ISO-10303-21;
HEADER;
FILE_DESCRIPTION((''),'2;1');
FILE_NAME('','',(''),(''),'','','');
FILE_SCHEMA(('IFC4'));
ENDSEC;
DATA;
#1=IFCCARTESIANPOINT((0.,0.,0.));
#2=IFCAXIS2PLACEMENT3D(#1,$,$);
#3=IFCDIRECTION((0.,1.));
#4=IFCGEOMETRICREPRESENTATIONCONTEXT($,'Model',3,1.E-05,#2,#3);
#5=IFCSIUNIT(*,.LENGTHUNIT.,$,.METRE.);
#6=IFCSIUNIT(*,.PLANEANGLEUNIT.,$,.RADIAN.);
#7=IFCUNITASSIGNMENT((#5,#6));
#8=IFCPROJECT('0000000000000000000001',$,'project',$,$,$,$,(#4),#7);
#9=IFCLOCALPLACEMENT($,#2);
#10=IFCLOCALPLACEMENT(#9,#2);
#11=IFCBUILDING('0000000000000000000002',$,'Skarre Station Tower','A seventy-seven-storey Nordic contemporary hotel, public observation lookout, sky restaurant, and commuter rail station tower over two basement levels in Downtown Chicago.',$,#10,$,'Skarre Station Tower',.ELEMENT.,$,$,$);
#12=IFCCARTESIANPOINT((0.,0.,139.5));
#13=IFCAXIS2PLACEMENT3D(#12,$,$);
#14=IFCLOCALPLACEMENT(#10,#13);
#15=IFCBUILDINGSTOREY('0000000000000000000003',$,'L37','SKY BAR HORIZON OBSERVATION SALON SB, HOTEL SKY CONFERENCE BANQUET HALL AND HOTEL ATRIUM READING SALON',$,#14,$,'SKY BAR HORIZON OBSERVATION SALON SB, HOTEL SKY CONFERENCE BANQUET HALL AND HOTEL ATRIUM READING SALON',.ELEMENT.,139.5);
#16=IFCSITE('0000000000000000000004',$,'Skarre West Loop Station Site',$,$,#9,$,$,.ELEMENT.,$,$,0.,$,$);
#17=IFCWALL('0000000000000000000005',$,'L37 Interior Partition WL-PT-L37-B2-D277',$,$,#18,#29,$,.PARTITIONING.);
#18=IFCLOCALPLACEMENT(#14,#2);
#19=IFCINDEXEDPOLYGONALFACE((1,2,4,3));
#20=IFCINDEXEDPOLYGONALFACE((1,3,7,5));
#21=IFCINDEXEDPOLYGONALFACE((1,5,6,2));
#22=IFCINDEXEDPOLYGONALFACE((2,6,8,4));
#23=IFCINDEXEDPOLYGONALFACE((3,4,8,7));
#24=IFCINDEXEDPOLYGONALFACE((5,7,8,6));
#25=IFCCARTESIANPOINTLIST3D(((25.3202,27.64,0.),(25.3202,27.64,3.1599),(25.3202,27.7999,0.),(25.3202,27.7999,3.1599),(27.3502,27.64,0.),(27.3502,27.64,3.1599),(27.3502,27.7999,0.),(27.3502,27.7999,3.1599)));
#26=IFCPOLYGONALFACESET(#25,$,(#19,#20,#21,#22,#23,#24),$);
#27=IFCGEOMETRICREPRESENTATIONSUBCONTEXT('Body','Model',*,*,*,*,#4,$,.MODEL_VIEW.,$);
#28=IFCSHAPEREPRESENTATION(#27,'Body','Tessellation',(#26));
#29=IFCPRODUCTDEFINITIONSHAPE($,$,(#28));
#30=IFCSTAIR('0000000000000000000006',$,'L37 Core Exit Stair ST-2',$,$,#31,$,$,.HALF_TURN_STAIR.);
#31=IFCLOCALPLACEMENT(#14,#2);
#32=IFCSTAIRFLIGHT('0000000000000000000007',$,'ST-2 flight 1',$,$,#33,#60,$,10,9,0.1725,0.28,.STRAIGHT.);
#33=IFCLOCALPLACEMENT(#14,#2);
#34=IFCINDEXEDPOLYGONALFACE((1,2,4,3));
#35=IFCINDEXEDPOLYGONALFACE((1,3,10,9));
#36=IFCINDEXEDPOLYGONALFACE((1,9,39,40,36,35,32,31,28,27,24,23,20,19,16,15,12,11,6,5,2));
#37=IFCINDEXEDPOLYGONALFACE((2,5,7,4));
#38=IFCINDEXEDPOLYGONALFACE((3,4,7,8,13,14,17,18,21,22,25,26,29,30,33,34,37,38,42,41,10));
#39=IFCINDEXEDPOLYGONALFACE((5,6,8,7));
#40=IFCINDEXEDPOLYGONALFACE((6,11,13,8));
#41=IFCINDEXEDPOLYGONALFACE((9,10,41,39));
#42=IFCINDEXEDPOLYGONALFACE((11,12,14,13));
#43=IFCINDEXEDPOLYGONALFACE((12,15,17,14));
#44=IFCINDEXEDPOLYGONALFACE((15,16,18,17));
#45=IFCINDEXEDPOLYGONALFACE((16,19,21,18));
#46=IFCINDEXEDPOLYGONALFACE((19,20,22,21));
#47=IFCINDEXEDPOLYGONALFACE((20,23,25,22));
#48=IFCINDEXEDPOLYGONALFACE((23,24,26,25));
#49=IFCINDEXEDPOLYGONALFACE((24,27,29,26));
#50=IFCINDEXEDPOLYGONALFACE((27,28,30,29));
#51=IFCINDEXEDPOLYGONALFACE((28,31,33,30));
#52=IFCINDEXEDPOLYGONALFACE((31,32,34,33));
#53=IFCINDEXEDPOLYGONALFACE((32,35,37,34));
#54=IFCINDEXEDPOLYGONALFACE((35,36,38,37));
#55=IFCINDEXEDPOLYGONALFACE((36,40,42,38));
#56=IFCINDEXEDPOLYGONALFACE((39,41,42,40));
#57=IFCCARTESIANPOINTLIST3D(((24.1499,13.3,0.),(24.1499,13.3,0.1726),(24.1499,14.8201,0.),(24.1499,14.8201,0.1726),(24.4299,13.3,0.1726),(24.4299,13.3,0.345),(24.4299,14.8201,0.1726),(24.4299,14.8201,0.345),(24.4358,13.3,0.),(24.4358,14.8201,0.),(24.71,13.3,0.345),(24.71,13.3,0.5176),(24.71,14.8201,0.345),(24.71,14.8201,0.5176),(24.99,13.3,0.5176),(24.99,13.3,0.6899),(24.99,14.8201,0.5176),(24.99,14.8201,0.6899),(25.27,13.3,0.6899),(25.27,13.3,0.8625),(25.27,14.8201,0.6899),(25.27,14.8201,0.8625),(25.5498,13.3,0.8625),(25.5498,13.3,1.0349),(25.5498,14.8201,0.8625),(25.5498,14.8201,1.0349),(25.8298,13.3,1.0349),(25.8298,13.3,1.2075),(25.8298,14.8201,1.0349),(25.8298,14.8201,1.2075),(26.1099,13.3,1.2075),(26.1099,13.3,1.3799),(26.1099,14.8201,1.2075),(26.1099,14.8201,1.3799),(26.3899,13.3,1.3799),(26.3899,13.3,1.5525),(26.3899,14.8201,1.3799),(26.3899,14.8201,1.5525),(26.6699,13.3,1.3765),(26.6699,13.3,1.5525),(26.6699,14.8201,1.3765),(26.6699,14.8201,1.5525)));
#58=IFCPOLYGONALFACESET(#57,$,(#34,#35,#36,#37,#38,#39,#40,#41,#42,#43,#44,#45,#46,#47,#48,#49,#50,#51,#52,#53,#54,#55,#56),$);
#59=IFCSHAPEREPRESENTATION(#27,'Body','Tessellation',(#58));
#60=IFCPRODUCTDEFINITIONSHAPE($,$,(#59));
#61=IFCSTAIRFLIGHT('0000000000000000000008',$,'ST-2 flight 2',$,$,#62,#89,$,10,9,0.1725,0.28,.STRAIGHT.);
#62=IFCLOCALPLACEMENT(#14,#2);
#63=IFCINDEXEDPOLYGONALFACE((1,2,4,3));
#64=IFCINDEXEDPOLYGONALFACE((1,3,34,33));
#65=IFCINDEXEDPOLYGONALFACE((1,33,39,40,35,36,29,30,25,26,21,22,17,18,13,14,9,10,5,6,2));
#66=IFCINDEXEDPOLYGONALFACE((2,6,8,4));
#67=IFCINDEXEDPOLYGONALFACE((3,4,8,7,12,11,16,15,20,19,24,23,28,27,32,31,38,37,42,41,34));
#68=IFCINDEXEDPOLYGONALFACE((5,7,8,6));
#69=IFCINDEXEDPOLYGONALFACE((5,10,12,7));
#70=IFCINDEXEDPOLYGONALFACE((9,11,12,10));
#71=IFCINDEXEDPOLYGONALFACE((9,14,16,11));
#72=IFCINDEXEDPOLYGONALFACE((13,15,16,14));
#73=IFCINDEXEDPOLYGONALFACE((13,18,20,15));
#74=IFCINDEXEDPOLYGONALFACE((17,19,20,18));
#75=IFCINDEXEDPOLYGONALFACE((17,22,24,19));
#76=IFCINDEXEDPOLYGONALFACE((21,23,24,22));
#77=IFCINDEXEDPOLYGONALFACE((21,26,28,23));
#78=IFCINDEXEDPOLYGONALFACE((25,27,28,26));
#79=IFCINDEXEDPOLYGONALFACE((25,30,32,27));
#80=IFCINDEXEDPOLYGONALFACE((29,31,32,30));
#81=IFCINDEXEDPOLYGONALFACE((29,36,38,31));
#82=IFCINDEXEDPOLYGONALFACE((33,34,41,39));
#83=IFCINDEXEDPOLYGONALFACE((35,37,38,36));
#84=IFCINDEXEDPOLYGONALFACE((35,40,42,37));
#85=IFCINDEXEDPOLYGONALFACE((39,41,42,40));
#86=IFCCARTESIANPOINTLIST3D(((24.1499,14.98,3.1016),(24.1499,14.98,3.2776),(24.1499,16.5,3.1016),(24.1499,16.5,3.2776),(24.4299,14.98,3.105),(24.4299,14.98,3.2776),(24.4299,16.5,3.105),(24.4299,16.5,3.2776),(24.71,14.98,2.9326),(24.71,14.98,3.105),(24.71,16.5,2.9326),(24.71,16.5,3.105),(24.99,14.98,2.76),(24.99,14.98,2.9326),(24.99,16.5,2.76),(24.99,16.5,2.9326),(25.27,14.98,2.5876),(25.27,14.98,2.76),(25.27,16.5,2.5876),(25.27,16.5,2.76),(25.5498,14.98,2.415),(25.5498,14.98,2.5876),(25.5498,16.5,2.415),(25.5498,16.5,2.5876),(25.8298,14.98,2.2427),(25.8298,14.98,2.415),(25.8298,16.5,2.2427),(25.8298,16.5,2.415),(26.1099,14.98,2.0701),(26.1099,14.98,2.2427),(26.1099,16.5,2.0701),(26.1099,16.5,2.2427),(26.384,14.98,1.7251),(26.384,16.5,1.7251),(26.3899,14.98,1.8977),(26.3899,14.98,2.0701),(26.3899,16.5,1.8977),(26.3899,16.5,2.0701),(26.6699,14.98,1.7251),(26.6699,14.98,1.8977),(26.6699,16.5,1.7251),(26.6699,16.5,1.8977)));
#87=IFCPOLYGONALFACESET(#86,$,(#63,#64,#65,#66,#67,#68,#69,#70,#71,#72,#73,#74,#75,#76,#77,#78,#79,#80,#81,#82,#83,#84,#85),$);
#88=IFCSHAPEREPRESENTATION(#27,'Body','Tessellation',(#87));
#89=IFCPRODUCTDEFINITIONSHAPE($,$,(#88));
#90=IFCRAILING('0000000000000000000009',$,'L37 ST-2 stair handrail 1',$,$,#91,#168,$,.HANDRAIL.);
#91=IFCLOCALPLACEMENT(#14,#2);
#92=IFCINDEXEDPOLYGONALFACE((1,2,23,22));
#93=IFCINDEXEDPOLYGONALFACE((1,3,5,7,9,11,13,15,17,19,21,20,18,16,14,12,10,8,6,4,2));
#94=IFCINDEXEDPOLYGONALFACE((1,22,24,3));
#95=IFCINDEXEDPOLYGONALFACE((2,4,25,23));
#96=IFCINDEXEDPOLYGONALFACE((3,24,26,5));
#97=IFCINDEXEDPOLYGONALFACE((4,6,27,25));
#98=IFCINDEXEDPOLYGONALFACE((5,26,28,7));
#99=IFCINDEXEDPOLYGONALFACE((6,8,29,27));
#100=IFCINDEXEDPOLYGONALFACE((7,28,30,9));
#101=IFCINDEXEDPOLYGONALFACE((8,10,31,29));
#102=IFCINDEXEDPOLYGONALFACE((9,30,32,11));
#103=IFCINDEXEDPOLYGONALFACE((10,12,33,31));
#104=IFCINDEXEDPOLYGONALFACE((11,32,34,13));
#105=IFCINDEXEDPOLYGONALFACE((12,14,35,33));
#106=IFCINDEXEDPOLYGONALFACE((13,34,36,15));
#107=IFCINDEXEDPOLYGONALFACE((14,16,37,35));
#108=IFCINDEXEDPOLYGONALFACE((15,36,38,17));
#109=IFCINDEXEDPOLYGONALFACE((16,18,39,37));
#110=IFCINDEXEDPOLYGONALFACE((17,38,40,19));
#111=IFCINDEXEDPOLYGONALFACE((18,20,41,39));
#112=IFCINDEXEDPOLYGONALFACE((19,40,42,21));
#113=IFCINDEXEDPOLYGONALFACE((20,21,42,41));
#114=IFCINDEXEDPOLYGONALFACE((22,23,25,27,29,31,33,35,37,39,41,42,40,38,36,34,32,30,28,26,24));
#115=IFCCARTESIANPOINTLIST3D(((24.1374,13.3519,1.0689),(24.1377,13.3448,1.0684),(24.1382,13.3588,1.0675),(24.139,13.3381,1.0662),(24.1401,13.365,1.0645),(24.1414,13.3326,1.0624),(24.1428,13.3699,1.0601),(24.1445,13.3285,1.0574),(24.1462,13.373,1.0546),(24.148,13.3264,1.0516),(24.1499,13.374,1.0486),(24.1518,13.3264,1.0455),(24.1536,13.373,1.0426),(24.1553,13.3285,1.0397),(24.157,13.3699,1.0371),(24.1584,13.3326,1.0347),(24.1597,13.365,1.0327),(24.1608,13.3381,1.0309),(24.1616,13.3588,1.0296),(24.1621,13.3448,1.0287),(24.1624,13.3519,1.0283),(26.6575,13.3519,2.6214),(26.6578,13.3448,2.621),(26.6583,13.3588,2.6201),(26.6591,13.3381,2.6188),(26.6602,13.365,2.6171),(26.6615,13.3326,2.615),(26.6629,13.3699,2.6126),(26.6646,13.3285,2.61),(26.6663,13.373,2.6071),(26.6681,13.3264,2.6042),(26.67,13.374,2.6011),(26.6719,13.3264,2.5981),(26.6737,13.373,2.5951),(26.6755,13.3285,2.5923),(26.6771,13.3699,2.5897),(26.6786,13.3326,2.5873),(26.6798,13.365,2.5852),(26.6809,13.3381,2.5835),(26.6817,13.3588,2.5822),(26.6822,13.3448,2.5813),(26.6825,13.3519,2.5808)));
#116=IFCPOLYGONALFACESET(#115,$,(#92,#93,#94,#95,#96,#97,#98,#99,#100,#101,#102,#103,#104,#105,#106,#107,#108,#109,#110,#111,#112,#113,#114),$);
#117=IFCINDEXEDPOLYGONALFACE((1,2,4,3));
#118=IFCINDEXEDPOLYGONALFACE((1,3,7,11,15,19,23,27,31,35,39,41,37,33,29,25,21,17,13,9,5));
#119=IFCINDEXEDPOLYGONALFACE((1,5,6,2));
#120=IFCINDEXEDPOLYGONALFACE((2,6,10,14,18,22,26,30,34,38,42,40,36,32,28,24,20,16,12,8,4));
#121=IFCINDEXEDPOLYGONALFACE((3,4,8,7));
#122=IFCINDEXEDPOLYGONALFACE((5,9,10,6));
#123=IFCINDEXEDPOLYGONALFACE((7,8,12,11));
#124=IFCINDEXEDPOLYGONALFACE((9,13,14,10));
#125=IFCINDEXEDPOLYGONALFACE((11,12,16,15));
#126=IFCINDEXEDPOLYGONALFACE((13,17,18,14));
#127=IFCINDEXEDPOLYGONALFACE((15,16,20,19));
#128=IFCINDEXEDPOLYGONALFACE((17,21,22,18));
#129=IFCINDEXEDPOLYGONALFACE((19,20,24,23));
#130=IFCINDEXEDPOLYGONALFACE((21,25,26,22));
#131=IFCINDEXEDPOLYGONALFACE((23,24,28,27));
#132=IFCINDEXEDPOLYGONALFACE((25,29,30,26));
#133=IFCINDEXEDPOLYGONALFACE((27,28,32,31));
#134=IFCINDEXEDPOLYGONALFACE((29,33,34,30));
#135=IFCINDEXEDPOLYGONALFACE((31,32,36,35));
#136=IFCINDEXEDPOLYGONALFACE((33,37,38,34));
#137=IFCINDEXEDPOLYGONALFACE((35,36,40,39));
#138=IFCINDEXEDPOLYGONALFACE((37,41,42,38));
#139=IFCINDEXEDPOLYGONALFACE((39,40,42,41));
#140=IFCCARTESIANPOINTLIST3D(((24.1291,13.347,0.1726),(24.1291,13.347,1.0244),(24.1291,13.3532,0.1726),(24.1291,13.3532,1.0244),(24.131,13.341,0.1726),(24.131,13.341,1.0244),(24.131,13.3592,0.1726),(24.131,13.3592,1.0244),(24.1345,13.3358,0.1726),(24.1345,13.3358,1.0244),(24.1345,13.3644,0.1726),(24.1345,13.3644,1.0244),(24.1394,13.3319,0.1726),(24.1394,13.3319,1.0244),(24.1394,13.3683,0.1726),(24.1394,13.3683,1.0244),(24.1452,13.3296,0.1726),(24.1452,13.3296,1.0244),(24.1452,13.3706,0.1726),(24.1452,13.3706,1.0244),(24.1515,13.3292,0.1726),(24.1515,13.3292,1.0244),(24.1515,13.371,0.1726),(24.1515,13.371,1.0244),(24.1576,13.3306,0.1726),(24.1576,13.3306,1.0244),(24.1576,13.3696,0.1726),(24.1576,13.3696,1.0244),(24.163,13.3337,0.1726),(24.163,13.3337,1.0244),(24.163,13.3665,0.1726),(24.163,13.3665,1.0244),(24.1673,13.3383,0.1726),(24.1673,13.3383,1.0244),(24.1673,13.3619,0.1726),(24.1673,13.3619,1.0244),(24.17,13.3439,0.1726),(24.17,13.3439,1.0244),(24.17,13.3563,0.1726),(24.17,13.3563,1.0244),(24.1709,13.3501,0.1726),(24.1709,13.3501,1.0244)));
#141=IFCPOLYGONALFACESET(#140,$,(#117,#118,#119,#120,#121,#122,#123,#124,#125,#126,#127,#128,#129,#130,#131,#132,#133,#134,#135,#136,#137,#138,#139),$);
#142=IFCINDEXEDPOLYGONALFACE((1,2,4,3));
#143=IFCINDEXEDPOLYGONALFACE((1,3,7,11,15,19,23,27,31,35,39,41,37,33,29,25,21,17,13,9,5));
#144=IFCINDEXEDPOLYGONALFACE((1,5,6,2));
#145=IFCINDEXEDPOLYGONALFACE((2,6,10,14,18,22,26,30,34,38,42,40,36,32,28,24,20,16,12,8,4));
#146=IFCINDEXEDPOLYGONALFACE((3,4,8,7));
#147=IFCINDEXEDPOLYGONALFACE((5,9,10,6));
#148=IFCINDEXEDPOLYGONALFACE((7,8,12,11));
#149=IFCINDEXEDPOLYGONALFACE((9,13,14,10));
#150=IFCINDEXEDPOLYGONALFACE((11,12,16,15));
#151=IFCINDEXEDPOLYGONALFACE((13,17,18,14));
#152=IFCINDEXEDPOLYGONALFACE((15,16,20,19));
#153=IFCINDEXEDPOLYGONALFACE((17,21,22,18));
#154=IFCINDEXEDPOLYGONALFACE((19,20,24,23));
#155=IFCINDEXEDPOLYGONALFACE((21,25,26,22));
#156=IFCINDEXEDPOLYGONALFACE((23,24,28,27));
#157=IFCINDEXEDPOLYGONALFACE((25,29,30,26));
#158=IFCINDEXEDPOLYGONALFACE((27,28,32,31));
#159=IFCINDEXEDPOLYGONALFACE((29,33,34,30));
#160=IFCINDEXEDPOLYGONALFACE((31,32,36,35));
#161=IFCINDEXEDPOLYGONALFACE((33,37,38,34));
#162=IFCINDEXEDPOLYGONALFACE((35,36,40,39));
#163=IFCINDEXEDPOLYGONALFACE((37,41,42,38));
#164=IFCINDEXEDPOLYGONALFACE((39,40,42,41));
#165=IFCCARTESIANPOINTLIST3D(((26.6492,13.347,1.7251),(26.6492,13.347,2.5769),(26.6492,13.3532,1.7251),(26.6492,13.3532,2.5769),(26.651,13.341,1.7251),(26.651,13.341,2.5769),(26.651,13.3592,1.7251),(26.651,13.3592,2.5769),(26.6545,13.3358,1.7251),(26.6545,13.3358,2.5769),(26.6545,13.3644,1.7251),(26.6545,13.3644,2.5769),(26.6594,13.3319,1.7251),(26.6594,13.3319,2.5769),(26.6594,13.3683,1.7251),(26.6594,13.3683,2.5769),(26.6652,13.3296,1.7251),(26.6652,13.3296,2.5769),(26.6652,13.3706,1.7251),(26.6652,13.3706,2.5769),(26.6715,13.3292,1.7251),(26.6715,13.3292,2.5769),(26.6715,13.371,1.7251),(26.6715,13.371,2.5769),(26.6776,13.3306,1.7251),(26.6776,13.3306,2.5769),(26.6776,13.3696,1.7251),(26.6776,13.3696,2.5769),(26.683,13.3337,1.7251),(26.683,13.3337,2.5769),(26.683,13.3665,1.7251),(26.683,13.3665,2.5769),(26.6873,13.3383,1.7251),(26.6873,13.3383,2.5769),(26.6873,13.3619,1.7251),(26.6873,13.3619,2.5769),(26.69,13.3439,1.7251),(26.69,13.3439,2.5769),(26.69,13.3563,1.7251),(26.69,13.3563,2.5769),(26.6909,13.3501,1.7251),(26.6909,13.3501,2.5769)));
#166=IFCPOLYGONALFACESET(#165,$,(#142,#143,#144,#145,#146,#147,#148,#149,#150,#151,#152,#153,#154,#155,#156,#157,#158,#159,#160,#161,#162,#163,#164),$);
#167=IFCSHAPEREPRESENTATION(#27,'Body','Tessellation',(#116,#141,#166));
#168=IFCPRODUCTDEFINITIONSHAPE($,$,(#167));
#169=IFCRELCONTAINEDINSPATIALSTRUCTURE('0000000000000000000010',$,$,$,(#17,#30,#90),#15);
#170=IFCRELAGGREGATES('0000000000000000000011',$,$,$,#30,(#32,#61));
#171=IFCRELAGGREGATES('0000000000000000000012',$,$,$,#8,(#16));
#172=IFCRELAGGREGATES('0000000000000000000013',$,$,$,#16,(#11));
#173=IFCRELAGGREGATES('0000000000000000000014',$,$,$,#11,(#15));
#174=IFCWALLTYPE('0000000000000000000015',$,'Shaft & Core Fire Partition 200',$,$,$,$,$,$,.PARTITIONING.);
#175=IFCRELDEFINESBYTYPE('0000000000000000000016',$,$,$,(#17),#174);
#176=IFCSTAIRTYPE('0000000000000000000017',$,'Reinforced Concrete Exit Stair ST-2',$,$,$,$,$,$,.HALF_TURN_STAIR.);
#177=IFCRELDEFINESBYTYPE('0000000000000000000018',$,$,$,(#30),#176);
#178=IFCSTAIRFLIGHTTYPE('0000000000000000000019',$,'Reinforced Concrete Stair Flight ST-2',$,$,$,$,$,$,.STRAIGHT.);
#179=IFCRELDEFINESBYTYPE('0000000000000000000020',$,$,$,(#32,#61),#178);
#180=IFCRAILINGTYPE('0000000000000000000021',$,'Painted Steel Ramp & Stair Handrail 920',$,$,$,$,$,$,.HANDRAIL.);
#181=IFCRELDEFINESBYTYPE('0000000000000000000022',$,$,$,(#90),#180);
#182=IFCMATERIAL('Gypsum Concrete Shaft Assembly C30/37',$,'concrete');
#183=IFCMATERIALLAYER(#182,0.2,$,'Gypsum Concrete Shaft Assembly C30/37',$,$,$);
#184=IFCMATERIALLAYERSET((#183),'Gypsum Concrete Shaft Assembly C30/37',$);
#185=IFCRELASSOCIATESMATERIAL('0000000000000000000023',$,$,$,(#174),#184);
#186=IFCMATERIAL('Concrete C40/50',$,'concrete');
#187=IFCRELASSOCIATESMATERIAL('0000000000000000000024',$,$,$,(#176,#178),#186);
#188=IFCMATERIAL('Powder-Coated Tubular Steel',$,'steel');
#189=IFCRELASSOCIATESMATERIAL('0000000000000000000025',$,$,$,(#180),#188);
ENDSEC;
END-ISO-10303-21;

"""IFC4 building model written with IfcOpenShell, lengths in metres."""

from ifc_helpers import new_model, si_unit, direction, frame, frame_2d, origin, origin_2d, place, context, subcontext, project, spatial, polyline, rectangle, circle, outline, extrude, material, layer, layer_set, type_object, element, aggregate, save


model = new_model("IFC4")

# Units and contexts
model_context = context("Model", 3, precision=1e-05, world=origin(), true_north=direction((0.0, 1.0)))
body_context = subcontext(model_context, "Body", "Model", "MODEL_VIEW")
ifc_project = project(units=[si_unit("LENGTHUNIT", "METRE"), si_unit("PLANEANGLEUNIT", "RADIAN")], contexts=[model_context])

# Site, building, storey
site_placement = place(None, origin())
site = spatial("IfcSite", under=ifc_project, at=site_placement, Name="Skarre West Loop Station Site", CompositionType="ELEMENT", RefElevation=0.0)
building_placement = place(site_placement, origin())
building = spatial("IfcBuilding", under=site, at=building_placement, Name="Skarre Station Tower", Description="A seventy-seven-storey Nordic contemporary hotel, public observation lookout, sky restaurant, and commuter rail station tower over two basement levels in Downtown Chicago.", LongName="Skarre Station Tower", CompositionType="ELEMENT")
storey_placement = place(building_placement, frame((0.0, 0.0, 139.5)))
storey = spatial("IfcBuildingStorey", under=building, at=storey_placement, Name="L37", Description="SKY BAR HORIZON OBSERVATION SALON SB, HOTEL SKY CONFERENCE BANQUET HALL AND HOTEL ATRIUM READING SALON", LongName="SKY BAR HORIZON OBSERVATION SALON SB, HOTEL SKY CONFERENCE BANQUET HALL AND HOTEL ATRIUM READING SALON", CompositionType="ELEMENT", Elevation=139.5)

# Shared definitions
ifc_material_1 = material(Name="Gypsum Concrete Shaft Assembly C30/37", Category="concrete")
ifc_layer_1 = layer(ifc_material_1, 0.2, Name="Gypsum Concrete Shaft Assembly C30/37")
ifc_layer_set_1 = layer_set([ifc_layer_1], Name="Gypsum Concrete Shaft Assembly C30/37")
wall_type_1 = type_object("IfcWallType", Name="Shaft & Core Fire Partition 200", PredefinedType="PARTITIONING", material=ifc_layer_set_1)

# Wall
for number, where, z_axis, x_axis, name in (
    (1, (25.3201, 27.72, 0.0), (0.0, 0.0, 1.0), (1.0, 0.0, 0.0), "L37 Interior Partition WL-PT-L37-B2-D277"),
):
    element("IfcWall", number, at=place(storey_placement, frame(where, z_axis=z_axis, x_axis=x_axis)), inside=storey, type_object=wall_type_1, Name=name, PredefinedType="PARTITIONING", context=body_context, shape_type="SweptSolid", body=[
        extrude(rectangle(XDim=2.03, YDim=0.1599, at=frame_2d((1.0151, 0.0))), origin(), (0.0, 0.0, 1.0), 3.1599),
    ])

# Stair, stair flights
ifc_material_2 = material(Name="Concrete C40/50", Category="concrete")
stair_type = type_object("IfcStairType", Name="Reinforced Concrete Exit Stair ST-2", PredefinedType="HALF_TURN_STAIR", material=ifc_material_2)
stair_placement = place(storey_placement, origin())
stair = element("IfcStair", 2, at=stair_placement, inside=storey, type_object=stair_type, Name="L37 Core Exit Stair ST-2", PredefinedType="HALF_TURN_STAIR")
stair_flight_type = type_object("IfcStairFlightType", Name="Reinforced Concrete Stair Flight ST-2", PredefinedType="STRAIGHT", material=ifc_material_2)
stair_flight_1_placement = place(storey_placement, frame((24.1499, 14.0601, 0.0), z_axis=(0.0, 0.0, 1.0), x_axis=(1.0, 0.0, 0.0)))
stair_flight_1 = element("IfcStairFlight", 3, at=stair_flight_1_placement, type_object=stair_flight_type, Name="ST-2 flight 1", NumberOfRisers=10, NumberOfTreads=9, PredefinedType="STRAIGHT", RiserHeight=0.1725, TreadLength=0.28, context=body_context, shape_type="SweptSolid", body=[
    extrude(outline(polyline([(0.0, 0.0), (0.0, 0.1726), (0.28, 0.1726), (0.28, 0.345), (0.5601, 0.345), (0.5601, 0.5176), (0.8401, 0.5176), (0.8401, 0.6899), (1.1201, 0.6899), (1.1201, 0.8625), (1.3999, 0.8625), (1.3999, 1.0349), (1.6799, 1.0349), (1.6799, 1.2075), (1.96, 1.2075), (1.96, 1.3799), (2.24, 1.3799), (2.24, 1.5525), (2.52, 1.5525), (2.52, 1.7251), (2.52, 1.3765), (0.2859, 0.0), (0.0, 0.0)])), frame((0.0, 0.76, 0.0), z_axis=(0.0, -1.0, 0.0), x_axis=(1.0, 0.0, 0.0)), (0.0, 0.0, 1.0), 1.52),
])
stair_flight_2_placement = place(storey_placement, frame((26.6699, 15.74, 1.7251), z_axis=(0.0, 0.0, 1.0), x_axis=(-1.0, 0.0, 0.0)))
stair_flight_2 = element("IfcStairFlight", 4, at=stair_flight_2_placement, type_object=stair_flight_type, Name="ST-2 flight 2", NumberOfRisers=10, NumberOfTreads=9, PredefinedType="STRAIGHT", RiserHeight=0.1725, TreadLength=0.28, context=body_context, shape_type="SweptSolid", body=[
    extrude(outline(polyline([(0.0, 0.0), (0.0, 0.1726), (0.28, 0.1726), (0.28, 0.345), (0.5601, 0.345), (0.5601, 0.5176), (0.8401, 0.5176), (0.8401, 0.6899), (1.1201, 0.6899), (1.1201, 0.8625), (1.3999, 0.8625), (1.3999, 1.0349), (1.6799, 1.0349), (1.6799, 1.2075), (1.96, 1.2075), (1.96, 1.3799), (2.24, 1.3799), (2.24, 1.5525), (2.52, 1.5525), (2.52, 1.7251), (2.52, 1.3765), (0.2859, 0.0), (0.0, 0.0)])), frame((0.0, 0.76, 0.0), z_axis=(0.0, -1.0, 0.0), x_axis=(1.0, 0.0, 0.0)), (0.0, 0.0, 1.0), 1.52),
])
aggregate(stair, [stair_flight_1, stair_flight_2])

# Railing
ifc_material_3 = material(Name="Powder-Coated Tubular Steel", Category="steel")
railing_type_1 = type_object("IfcRailingType", Name="Painted Steel Ramp & Stair Handrail 920", PredefinedType="HANDRAIL", material=ifc_material_3)
railing_1_placement = place(storey_placement, frame((24.1499, 13.3501, 0.1726)))
element("IfcRailing", 5, at=railing_1_placement, inside=storey, type_object=railing_type_1, Name="L37 ST-2 stair handrail 1", PredefinedType="HANDRAIL", context=body_context, shape_type="SweptSolid", body=[
    extrude(circle(Radius=0.0239, at=origin_2d()), frame((0.0, 0.0, 0.876), z_axis=(0.8514, 0.0, 0.524516), x_axis=(0.0, 1.0, 0.0)), (0.0, 0.0, 1.0), 2.96),
    extrude(circle(Radius=0.021, at=origin_2d()), origin(), (0.0, 0.0, 1.0), 0.8518),
    extrude(circle(Radius=0.021, at=origin_2d()), frame((2.52, 0.0, 1.5525)), (0.0, 0.0, 1.0), 0.8518),
])

save(model, "model.ifc")
